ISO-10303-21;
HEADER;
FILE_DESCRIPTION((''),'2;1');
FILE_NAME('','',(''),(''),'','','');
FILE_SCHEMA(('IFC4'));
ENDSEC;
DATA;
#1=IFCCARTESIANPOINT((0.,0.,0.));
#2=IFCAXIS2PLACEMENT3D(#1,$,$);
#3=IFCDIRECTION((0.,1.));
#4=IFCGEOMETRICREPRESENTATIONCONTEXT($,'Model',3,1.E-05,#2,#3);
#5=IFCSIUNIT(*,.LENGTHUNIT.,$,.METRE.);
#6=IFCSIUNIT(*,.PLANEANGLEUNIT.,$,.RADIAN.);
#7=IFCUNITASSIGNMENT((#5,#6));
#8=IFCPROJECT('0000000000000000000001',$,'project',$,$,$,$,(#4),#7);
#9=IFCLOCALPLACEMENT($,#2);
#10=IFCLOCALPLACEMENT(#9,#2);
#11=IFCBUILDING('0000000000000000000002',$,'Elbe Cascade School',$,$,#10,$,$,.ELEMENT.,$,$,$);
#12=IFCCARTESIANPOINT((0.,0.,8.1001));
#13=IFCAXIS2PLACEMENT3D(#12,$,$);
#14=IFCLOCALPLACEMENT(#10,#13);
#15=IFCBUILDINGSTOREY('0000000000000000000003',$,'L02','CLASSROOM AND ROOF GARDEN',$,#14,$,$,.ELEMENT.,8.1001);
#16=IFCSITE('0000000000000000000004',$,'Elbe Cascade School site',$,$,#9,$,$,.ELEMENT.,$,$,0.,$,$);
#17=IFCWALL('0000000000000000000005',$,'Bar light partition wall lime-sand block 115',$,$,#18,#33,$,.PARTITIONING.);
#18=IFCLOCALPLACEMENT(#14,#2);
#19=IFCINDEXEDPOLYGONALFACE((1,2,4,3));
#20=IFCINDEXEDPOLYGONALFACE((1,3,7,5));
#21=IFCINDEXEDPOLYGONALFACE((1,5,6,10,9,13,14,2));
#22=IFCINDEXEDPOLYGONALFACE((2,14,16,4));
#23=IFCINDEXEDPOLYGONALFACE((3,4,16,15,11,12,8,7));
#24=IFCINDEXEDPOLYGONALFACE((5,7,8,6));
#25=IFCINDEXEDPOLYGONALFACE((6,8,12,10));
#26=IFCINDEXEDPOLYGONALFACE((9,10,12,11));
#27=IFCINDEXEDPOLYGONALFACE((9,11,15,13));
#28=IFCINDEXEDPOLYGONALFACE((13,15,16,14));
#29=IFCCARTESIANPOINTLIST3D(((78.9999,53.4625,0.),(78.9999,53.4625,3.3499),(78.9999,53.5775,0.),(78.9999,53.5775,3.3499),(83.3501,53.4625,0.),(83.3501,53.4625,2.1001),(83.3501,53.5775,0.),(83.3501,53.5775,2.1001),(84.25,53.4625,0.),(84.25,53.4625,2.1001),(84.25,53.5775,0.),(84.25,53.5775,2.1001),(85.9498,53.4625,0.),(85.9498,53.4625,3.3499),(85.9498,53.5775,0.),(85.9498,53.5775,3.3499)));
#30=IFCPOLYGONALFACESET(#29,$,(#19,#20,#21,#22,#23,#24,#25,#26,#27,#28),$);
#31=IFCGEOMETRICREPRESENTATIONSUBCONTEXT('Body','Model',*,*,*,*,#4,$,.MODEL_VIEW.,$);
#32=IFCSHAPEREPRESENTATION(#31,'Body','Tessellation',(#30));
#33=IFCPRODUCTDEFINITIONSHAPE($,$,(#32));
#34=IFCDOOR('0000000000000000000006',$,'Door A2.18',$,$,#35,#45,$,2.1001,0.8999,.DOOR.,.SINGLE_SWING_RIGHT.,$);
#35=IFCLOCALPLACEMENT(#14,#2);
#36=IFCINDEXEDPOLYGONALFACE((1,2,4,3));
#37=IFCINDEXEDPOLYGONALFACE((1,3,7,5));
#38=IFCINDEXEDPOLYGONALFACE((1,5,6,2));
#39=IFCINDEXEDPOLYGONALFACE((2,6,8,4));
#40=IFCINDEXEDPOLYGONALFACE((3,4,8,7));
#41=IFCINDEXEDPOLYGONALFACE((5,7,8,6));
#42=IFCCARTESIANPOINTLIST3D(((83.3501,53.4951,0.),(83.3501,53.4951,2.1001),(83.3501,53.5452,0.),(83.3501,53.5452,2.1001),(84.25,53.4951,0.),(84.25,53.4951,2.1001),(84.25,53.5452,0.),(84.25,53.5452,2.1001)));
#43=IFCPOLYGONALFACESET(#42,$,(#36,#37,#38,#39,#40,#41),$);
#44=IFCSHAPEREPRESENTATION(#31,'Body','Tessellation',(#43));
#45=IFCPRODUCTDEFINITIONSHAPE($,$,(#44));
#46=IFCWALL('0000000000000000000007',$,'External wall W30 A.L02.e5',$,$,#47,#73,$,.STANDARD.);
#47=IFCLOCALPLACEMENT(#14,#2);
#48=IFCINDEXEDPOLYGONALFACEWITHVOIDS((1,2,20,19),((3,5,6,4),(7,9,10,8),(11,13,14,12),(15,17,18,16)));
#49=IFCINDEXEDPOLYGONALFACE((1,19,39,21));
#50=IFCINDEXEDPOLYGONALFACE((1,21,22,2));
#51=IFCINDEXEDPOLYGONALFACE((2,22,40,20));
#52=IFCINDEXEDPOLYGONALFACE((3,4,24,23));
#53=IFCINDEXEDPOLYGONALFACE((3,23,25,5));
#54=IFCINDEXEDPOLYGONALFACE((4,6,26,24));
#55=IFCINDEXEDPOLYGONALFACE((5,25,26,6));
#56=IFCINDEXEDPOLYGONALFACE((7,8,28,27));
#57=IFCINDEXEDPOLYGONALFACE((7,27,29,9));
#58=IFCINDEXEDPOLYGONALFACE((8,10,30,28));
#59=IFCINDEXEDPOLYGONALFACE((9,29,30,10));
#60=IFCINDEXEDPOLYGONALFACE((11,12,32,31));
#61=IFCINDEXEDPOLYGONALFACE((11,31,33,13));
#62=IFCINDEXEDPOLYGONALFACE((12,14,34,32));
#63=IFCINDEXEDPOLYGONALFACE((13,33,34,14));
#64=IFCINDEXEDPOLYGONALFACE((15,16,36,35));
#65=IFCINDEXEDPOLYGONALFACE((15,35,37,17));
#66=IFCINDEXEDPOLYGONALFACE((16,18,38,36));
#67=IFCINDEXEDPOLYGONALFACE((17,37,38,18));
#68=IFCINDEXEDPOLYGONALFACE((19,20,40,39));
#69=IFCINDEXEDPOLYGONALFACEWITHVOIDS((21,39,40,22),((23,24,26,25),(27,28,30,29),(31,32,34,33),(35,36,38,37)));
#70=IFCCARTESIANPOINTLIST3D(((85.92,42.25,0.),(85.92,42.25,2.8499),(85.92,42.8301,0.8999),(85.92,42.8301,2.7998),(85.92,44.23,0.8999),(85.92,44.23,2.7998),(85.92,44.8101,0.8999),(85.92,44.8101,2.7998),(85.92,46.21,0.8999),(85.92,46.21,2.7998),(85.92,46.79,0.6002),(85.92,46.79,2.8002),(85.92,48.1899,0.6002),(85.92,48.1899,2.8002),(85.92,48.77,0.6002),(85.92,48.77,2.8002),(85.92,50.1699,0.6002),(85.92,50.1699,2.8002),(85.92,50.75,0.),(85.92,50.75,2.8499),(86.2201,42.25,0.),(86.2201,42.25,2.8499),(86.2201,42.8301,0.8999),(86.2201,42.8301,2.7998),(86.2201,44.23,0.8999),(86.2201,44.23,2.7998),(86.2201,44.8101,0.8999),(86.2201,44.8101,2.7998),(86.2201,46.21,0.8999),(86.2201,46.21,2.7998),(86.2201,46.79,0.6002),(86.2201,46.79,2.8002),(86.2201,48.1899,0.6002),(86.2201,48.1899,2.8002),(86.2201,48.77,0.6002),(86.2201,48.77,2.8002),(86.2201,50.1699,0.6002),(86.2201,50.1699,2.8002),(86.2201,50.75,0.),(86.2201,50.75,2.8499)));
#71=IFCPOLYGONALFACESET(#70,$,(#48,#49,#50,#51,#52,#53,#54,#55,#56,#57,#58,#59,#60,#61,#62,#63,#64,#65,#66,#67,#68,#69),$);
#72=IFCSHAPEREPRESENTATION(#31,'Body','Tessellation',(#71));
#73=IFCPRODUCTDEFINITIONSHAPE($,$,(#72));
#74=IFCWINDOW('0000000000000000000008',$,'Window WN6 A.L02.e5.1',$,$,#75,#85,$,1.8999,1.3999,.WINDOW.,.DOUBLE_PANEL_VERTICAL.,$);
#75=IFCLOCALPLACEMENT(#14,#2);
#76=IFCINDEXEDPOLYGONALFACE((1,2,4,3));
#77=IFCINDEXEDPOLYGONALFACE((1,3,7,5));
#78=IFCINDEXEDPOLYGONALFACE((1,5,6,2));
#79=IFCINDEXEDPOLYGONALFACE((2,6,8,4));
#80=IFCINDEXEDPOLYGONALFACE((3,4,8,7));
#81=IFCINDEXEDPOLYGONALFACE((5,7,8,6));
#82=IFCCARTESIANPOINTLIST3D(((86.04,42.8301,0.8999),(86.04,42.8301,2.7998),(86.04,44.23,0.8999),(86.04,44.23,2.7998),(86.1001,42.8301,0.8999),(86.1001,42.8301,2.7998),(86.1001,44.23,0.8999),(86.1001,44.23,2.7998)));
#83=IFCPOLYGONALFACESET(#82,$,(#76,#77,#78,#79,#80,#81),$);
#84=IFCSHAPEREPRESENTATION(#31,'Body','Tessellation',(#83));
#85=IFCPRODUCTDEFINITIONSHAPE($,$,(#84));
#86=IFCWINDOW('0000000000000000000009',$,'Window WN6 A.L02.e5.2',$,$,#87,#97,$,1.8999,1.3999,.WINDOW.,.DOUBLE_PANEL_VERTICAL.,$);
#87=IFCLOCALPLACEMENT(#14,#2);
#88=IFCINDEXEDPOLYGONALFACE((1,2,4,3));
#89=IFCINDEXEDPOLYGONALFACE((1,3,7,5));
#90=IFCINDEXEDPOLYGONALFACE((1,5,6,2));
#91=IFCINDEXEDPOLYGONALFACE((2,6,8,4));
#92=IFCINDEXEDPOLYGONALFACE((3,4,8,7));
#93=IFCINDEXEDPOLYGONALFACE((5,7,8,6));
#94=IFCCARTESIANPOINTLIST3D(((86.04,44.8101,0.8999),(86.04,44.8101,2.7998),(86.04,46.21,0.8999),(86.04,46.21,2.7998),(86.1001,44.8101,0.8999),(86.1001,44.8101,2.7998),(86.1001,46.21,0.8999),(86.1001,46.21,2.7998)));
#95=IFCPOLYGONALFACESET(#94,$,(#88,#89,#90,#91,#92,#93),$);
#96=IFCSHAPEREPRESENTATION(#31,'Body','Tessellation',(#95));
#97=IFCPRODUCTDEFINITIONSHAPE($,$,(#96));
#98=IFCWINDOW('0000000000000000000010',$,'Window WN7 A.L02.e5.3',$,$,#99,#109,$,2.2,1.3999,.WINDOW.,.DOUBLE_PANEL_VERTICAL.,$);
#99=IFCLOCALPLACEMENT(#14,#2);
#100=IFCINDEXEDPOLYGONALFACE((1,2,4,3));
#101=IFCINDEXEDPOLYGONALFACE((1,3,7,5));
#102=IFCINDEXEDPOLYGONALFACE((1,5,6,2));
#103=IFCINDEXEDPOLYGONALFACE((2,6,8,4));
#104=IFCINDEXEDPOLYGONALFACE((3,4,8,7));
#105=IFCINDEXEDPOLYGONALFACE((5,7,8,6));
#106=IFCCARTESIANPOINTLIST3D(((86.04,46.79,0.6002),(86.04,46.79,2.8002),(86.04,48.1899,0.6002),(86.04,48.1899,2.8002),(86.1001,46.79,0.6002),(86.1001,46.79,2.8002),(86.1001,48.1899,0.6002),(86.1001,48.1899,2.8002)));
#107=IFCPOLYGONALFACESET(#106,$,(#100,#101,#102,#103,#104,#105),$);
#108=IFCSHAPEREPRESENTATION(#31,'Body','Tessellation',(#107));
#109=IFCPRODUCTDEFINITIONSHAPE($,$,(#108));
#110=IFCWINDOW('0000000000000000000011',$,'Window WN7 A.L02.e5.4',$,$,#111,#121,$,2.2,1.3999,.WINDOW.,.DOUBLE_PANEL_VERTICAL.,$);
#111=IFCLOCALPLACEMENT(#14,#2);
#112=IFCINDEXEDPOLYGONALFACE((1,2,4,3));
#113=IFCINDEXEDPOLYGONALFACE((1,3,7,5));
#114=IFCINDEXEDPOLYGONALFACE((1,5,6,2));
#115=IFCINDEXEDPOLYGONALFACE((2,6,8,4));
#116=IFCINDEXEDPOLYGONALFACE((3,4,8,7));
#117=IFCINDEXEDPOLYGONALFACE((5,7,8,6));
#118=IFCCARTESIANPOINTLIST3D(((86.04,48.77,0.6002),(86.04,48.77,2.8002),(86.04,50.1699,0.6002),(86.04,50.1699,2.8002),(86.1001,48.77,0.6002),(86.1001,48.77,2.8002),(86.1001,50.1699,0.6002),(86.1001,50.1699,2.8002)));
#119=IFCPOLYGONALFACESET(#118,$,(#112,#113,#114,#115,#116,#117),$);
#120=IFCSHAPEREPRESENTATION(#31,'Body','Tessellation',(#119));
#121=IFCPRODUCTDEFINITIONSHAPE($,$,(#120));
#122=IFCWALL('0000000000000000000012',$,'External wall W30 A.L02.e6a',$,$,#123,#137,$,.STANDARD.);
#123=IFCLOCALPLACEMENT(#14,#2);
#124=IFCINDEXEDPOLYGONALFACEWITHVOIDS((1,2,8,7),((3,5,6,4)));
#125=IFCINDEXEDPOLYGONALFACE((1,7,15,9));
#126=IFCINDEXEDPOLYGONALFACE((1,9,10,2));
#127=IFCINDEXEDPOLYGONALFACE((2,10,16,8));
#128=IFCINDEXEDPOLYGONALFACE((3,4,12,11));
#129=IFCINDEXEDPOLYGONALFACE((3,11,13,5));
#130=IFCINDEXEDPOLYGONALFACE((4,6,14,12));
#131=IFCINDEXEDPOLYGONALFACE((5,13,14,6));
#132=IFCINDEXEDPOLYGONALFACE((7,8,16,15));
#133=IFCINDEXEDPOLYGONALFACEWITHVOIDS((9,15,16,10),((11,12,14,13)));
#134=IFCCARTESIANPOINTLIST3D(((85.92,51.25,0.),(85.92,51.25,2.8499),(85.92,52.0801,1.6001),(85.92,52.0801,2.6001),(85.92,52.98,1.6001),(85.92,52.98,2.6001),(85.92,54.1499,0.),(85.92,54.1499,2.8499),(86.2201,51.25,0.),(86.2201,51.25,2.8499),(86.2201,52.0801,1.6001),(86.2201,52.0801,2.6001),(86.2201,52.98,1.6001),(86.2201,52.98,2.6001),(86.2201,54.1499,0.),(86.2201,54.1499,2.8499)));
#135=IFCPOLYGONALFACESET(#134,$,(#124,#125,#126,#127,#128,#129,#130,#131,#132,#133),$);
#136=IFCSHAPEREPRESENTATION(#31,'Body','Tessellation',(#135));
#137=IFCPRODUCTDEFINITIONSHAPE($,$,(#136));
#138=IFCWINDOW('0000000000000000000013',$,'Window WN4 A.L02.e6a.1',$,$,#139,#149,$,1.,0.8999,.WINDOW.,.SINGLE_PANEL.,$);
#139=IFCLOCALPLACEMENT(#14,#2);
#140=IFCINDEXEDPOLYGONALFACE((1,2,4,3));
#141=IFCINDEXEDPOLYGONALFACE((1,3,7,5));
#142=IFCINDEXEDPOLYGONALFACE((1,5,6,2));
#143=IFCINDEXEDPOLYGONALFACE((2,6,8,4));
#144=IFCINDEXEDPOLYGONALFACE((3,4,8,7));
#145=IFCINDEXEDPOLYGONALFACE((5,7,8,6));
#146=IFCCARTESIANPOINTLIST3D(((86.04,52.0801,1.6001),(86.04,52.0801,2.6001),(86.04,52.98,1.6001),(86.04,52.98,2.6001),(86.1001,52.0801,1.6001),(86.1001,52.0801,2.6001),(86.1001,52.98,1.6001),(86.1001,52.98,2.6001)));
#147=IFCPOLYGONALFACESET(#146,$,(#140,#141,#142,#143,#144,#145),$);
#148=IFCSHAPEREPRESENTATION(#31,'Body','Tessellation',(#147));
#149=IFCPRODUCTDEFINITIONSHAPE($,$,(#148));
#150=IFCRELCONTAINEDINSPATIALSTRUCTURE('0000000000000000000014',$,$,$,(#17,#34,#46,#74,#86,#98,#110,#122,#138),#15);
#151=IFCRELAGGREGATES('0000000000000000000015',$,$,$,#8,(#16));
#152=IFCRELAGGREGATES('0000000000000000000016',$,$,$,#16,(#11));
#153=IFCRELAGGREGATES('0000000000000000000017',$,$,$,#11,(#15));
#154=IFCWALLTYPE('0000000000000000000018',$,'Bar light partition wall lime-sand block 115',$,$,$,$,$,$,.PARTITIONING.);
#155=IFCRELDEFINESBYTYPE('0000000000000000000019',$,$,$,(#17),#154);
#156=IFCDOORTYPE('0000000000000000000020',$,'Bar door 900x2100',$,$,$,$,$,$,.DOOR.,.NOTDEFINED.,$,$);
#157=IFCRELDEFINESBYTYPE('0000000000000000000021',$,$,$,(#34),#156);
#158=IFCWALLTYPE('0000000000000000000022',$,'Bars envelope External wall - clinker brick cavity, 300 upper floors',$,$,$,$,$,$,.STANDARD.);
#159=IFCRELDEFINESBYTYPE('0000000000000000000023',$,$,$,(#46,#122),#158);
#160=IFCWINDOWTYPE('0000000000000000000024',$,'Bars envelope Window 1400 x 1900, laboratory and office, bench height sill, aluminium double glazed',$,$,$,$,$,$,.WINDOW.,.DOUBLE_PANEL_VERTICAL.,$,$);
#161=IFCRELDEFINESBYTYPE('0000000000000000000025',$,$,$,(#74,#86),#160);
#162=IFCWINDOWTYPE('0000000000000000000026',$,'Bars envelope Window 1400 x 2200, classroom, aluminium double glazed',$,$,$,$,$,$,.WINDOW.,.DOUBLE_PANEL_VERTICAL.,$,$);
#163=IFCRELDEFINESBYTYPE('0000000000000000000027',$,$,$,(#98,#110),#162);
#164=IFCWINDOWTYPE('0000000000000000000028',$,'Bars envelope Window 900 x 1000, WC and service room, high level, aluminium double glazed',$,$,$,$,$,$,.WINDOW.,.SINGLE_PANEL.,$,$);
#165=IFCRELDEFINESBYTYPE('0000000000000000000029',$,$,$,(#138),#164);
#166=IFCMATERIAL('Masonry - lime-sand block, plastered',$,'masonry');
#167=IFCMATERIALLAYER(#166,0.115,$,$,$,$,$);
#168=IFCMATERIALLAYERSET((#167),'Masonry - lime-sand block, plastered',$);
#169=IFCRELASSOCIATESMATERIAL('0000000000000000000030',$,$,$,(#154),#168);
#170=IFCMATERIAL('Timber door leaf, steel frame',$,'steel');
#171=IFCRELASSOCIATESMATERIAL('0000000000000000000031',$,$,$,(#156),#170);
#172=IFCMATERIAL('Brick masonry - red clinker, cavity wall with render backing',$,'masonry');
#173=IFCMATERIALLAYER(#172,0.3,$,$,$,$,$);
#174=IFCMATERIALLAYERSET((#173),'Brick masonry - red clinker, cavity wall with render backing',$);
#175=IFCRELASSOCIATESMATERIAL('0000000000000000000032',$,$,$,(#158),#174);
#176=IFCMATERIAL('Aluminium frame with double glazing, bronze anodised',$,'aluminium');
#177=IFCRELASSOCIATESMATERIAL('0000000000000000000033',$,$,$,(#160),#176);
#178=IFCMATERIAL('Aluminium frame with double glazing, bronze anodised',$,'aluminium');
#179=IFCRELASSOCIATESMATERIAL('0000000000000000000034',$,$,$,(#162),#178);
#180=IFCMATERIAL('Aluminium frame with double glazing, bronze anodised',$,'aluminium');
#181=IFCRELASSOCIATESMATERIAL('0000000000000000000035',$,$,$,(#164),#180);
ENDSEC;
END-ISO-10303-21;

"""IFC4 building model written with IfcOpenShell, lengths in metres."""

from ifc_helpers import new_model, si_unit, direction, frame, frame_2d, origin, place, context, subcontext, project, spatial, rectangle, extrude, material, layer, layer_set, type_object, element, fill, save


model = new_model("IFC4")

# Units and contexts
model_context = context("Model", 3, precision=1e-05, world=origin(), true_north=direction((0.0, 1.0)))
body_context = subcontext(model_context, "Body", "Model", "MODEL_VIEW")
ifc_project = project(units=[si_unit("LENGTHUNIT", "METRE"), si_unit("PLANEANGLEUNIT", "RADIAN")], contexts=[model_context])

# Site, building, storey
site_placement = place(None, origin())
site = spatial("IfcSite", under=ifc_project, at=site_placement, Name="Elbe Cascade School site", CompositionType="ELEMENT", RefElevation=0.0)
building_placement = place(site_placement, origin())
building = spatial("IfcBuilding", under=site, at=building_placement, Name="Elbe Cascade School", CompositionType="ELEMENT")
storey_placement = place(building_placement, frame((0.0, 0.0, 8.1001)))
storey = spatial("IfcBuildingStorey", under=building, at=storey_placement, Name="L02", Description="CLASSROOM AND ROOF GARDEN", CompositionType="ELEMENT", Elevation=8.1001)

# Wall, opening, door
ifc_material_1 = material(Name="Masonry - lime-sand block, plastered", Category="masonry")
ifc_layer_1 = layer(ifc_material_1, 0.115)
ifc_layer_set_1 = layer_set([ifc_layer_1], Name="Masonry - lime-sand block, plastered")
wall_type_1 = type_object("IfcWallType", Name="Bar light partition wall lime-sand block 115", PredefinedType="PARTITIONING", material=ifc_layer_set_1)
ifc_material_2 = material(Name="Timber door leaf, steel frame", Category="steel")
door_type = type_object("IfcDoorType", Name="Bar door 900x2100", OperationType="NOTDEFINED", PredefinedType="DOOR", material=ifc_material_2)
wall_1_placement = place(storey_placement, frame((85.95, 53.52, 0.0), z_axis=(0.0, 0.0, 1.0), x_axis=(-1.0, 0.0, 0.0)))
wall_1 = element("IfcWall", 1, at=wall_1_placement, inside=storey, type_object=wall_type_1, Name="Bar light partition wall lime-sand block 115", PredefinedType="PARTITIONING", context=body_context, shape_type="SweptSolid", body=[
    extrude(rectangle(XDim=6.95, YDim=0.115, at=frame_2d((3.4751, 0.0))), origin(), (0.0, 0.0, 1.0), 3.3499),
])
opening_1_placement = place(wall_1_placement, frame((1.7, 0.0, 0.0)))
opening_1 = element("IfcOpeningElement", 2, at=opening_1_placement, cuts=wall_1, PredefinedType="OPENING", context=body_context, shape_type="SweptSolid", body=[
    extrude(rectangle(XDim=0.8999, YDim=2.1001, at=frame_2d((0.45, 1.05))), frame((0.0, 0.0674, 0.0), z_axis=(0.0, -1.0, 0.0), x_axis=(1.0, 0.0, 0.0)), (0.0, 0.0, 1.0), 0.135),
])
door_1_placement = place(opening_1_placement, origin())
door_1 = element("IfcDoor", 3, at=door_1_placement, inside=storey, type_object=door_type, Name="Door A2.18", OperationType="SINGLE_SWING_RIGHT", OverallHeight=2.1001, OverallWidth=0.8999, PredefinedType="DOOR", context=body_context, shape_type="SweptSolid", body=[
    extrude(rectangle(XDim=0.8999, YDim=2.1001, at=frame_2d((0.45, 1.05))), frame((0.0, 0.0249, 0.0), z_axis=(0.0, -1.0, 0.0), x_axis=(1.0, 0.0, 0.0)), (0.0, 0.0, 1.0), 0.05),
])
fill(opening_1, door_1)

# Wall, openings, windows
ifc_material_3 = material(Name="Brick masonry - red clinker, cavity wall with render backing", Category="masonry")
ifc_layer_2 = layer(ifc_material_3, 0.3)
ifc_layer_set_2 = layer_set([ifc_layer_2], Name="Brick masonry - red clinker, cavity wall with render backing")
wall_type_2 = type_object("IfcWallType", Name="Bars envelope External wall - clinker brick cavity, 300 upper floors", PredefinedType="STANDARD", material=ifc_layer_set_2)
wall_2_placement = place(storey_placement, frame((86.0701, 50.75, 0.0), z_axis=(0.0, 0.0, 1.0), x_axis=(0.0, -1.0, 0.0)))
wall_2 = element("IfcWall", 4, at=wall_2_placement, inside=storey, type_object=wall_type_2, Name="External wall W30 A.L02.e5", PredefinedType="STANDARD", context=body_context, shape_type="SweptSolid", body=[
    extrude(rectangle(XDim=8.5, YDim=0.3, at=frame_2d((4.25, 0.0))), origin(), (0.0, 0.0, 1.0), 2.8499),
])
opening_2_placement = place(wall_2_placement, frame((6.52, 0.0, 0.8999)))
opening_2 = element("IfcOpeningElement", 5, at=opening_2_placement, cuts=wall_2, PredefinedType="OPENING", context=body_context, shape_type="SweptSolid", body=[
    extrude(rectangle(XDim=1.3999, YDim=1.8999, at=frame_2d((0.7, 0.95))), frame((0.0, 0.1599, 0.0), z_axis=(0.0, -1.0, 0.0), x_axis=(1.0, 0.0, 0.0)), (0.0, 0.0, 1.0), 0.3201),
])
opening_3_placement = place(wall_2_placement, frame((4.54, 0.0, 0.8999)))
opening_3 = element("IfcOpeningElement", 6, at=opening_3_placement, cuts=wall_2, PredefinedType="OPENING", context=body_context, shape_type="SweptSolid", body=[
    extrude(rectangle(XDim=1.3999, YDim=1.8999, at=frame_2d((0.7, 0.95))), frame((0.0, 0.1599, 0.0), z_axis=(0.0, -1.0, 0.0), x_axis=(1.0, 0.0, 0.0)), (0.0, 0.0, 1.0), 0.3201),
])
opening_4_placement = place(wall_2_placement, frame((2.5601, 0.0, 0.6001)))
opening_4 = element("IfcOpeningElement", 7, at=opening_4_placement, cuts=wall_2, PredefinedType="OPENING", context=body_context, shape_type="SweptSolid", body=[
    extrude(rectangle(XDim=1.3999, YDim=2.2, at=frame_2d((0.7, 1.1001))), frame((0.0, 0.1599, 0.0), z_axis=(0.0, -1.0, 0.0), x_axis=(1.0, 0.0, 0.0)), (0.0, 0.0, 1.0), 0.3201),
])
opening_5_placement = place(wall_2_placement, frame((0.5801, 0.0, 0.6001)))
opening_5 = element("IfcOpeningElement", 8, at=opening_5_placement, cuts=wall_2, PredefinedType="OPENING", context=body_context, shape_type="SweptSolid", body=[
    extrude(rectangle(XDim=1.3999, YDim=2.2, at=frame_2d((0.7, 1.1001))), frame((0.0, 0.1599, 0.0), z_axis=(0.0, -1.0, 0.0), x_axis=(1.0, 0.0, 0.0)), (0.0, 0.0, 1.0), 0.3201),
])
ifc_material_4 = material(Name="Aluminium frame with double glazing, bronze anodised", Category="aluminium")
window_type_1 = type_object("IfcWindowType", Name="Bars envelope Window 1400 x 1900, laboratory and office, bench height sill, aluminium double glazed", PartitioningType="DOUBLE_PANEL_VERTICAL", PredefinedType="WINDOW", material=ifc_material_4)
window_1_placement = place(opening_2_placement, origin())
window_1 = element("IfcWindow", 9, at=window_1_placement, inside=storey, type_object=window_type_1, Name="Window WN6 A.L02.e5.1", OverallHeight=1.8999, OverallWidth=1.3999, PartitioningType="DOUBLE_PANEL_VERTICAL", PredefinedType="WINDOW", context=body_context, shape_type="SweptSolid", body=[
    extrude(rectangle(XDim=1.3999, YDim=1.8999, at=frame_2d((0.7, 0.95))), frame((0.0, 0.03, 0.0), z_axis=(0.0, -1.0, 0.0), x_axis=(1.0, 0.0, 0.0)), (0.0, 0.0, 1.0), 0.0601),
])
fill(opening_2, window_1)
window_2_placement = place(opening_3_placement, origin())
window_2 = element("IfcWindow", 10, at=window_2_placement, inside=storey, type_object=window_type_1, Name="Window WN6 A.L02.e5.2", OverallHeight=1.8999, OverallWidth=1.3999, PartitioningType="DOUBLE_PANEL_VERTICAL", PredefinedType="WINDOW", context=body_context, shape_type="SweptSolid", body=[
    extrude(rectangle(XDim=1.3999, YDim=1.8999, at=frame_2d((0.7, 0.95))), frame((0.0, 0.03, 0.0), z_axis=(0.0, -1.0, 0.0), x_axis=(1.0, 0.0, 0.0)), (0.0, 0.0, 1.0), 0.0601),
])
fill(opening_3, window_2)
ifc_material_5 = material(Name="Aluminium frame with double glazing, bronze anodised", Category="aluminium")
window_type_2 = type_object("IfcWindowType", Name="Bars envelope Window 1400 x 2200, classroom, aluminium double glazed", PartitioningType="DOUBLE_PANEL_VERTICAL", PredefinedType="WINDOW", material=ifc_material_5)
window_3_placement = place(opening_4_placement, origin())
window_3 = element("IfcWindow", 11, at=window_3_placement, inside=storey, type_object=window_type_2, Name="Window WN7 A.L02.e5.3", OverallHeight=2.2, OverallWidth=1.3999, PartitioningType="DOUBLE_PANEL_VERTICAL", PredefinedType="WINDOW", context=body_context, shape_type="SweptSolid", body=[
    extrude(rectangle(XDim=1.3999, YDim=2.2, at=frame_2d((0.7, 1.1001))), frame((0.0, 0.03, 0.0), z_axis=(0.0, -1.0, 0.0), x_axis=(1.0, 0.0, 0.0)), (0.0, 0.0, 1.0), 0.0601),
])
fill(opening_4, window_3)
window_4_placement = place(opening_5_placement, origin())
window_4 = element("IfcWindow", 12, at=window_4_placement, inside=storey, type_object=window_type_2, Name="Window WN7 A.L02.e5.4", OverallHeight=2.2, OverallWidth=1.3999, PartitioningType="DOUBLE_PANEL_VERTICAL", PredefinedType="WINDOW", context=body_context, shape_type="SweptSolid", body=[
    extrude(rectangle(XDim=1.3999, YDim=2.2, at=frame_2d((0.7, 1.1001))), frame((0.0, 0.03, 0.0), z_axis=(0.0, -1.0, 0.0), x_axis=(1.0, 0.0, 0.0)), (0.0, 0.0, 1.0), 0.0601),
])
fill(opening_5, window_4)

# Wall, opening, window
wall_3_placement = place(storey_placement, frame((86.0701, 54.1499, 0.0), z_axis=(0.0, 0.0, 1.0), x_axis=(0.0, -1.0, 0.0)))
wall_3 = element("IfcWall", 13, at=wall_3_placement, inside=storey, type_object=wall_type_2, Name="External wall W30 A.L02.e6a", PredefinedType="STANDARD", context=body_context, shape_type="SweptSolid", body=[
    extrude(rectangle(XDim=2.8999, YDim=0.3, at=frame_2d((1.45, 0.0))), origin(), (0.0, 0.0, 1.0), 2.8499),
])
opening_6_placement = place(wall_3_placement, frame((1.1699, 0.0, 1.6001)))
opening_6 = element("IfcOpeningElement", 14, at=opening_6_placement, cuts=wall_3, PredefinedType="OPENING", context=body_context, shape_type="SweptSolid", body=[
    extrude(rectangle(XDim=0.8999, YDim=1.0, at=frame_2d((0.45, 0.5))), frame((0.0, 0.1599, 0.0), z_axis=(0.0, -1.0, 0.0), x_axis=(1.0, 0.0, 0.0)), (0.0, 0.0, 1.0), 0.3201),
])
ifc_material_6 = material(Name="Aluminium frame with double glazing, bronze anodised", Category="aluminium")
window_type_3 = type_object("IfcWindowType", Name="Bars envelope Window 900 x 1000, WC and service room, high level, aluminium double glazed", PartitioningType="SINGLE_PANEL", PredefinedType="WINDOW", material=ifc_material_6)
window_5_placement = place(opening_6_placement, origin())
window_5 = element("IfcWindow", 15, at=window_5_placement, inside=storey, type_object=window_type_3, Name="Window WN4 A.L02.e6a.1", OverallHeight=1.0, OverallWidth=0.8999, PartitioningType="SINGLE_PANEL", PredefinedType="WINDOW", context=body_context, shape_type="SweptSolid", body=[
    extrude(rectangle(XDim=0.8999, YDim=1.0, at=frame_2d((0.45, 0.5))), frame((0.0, 0.03, 0.0), z_axis=(0.0, -1.0, 0.0), x_axis=(1.0, 0.0, 0.0)), (0.0, 0.0, 1.0), 0.0601),
])
fill(opening_6, window_5)

save(model, "model.ifc")
